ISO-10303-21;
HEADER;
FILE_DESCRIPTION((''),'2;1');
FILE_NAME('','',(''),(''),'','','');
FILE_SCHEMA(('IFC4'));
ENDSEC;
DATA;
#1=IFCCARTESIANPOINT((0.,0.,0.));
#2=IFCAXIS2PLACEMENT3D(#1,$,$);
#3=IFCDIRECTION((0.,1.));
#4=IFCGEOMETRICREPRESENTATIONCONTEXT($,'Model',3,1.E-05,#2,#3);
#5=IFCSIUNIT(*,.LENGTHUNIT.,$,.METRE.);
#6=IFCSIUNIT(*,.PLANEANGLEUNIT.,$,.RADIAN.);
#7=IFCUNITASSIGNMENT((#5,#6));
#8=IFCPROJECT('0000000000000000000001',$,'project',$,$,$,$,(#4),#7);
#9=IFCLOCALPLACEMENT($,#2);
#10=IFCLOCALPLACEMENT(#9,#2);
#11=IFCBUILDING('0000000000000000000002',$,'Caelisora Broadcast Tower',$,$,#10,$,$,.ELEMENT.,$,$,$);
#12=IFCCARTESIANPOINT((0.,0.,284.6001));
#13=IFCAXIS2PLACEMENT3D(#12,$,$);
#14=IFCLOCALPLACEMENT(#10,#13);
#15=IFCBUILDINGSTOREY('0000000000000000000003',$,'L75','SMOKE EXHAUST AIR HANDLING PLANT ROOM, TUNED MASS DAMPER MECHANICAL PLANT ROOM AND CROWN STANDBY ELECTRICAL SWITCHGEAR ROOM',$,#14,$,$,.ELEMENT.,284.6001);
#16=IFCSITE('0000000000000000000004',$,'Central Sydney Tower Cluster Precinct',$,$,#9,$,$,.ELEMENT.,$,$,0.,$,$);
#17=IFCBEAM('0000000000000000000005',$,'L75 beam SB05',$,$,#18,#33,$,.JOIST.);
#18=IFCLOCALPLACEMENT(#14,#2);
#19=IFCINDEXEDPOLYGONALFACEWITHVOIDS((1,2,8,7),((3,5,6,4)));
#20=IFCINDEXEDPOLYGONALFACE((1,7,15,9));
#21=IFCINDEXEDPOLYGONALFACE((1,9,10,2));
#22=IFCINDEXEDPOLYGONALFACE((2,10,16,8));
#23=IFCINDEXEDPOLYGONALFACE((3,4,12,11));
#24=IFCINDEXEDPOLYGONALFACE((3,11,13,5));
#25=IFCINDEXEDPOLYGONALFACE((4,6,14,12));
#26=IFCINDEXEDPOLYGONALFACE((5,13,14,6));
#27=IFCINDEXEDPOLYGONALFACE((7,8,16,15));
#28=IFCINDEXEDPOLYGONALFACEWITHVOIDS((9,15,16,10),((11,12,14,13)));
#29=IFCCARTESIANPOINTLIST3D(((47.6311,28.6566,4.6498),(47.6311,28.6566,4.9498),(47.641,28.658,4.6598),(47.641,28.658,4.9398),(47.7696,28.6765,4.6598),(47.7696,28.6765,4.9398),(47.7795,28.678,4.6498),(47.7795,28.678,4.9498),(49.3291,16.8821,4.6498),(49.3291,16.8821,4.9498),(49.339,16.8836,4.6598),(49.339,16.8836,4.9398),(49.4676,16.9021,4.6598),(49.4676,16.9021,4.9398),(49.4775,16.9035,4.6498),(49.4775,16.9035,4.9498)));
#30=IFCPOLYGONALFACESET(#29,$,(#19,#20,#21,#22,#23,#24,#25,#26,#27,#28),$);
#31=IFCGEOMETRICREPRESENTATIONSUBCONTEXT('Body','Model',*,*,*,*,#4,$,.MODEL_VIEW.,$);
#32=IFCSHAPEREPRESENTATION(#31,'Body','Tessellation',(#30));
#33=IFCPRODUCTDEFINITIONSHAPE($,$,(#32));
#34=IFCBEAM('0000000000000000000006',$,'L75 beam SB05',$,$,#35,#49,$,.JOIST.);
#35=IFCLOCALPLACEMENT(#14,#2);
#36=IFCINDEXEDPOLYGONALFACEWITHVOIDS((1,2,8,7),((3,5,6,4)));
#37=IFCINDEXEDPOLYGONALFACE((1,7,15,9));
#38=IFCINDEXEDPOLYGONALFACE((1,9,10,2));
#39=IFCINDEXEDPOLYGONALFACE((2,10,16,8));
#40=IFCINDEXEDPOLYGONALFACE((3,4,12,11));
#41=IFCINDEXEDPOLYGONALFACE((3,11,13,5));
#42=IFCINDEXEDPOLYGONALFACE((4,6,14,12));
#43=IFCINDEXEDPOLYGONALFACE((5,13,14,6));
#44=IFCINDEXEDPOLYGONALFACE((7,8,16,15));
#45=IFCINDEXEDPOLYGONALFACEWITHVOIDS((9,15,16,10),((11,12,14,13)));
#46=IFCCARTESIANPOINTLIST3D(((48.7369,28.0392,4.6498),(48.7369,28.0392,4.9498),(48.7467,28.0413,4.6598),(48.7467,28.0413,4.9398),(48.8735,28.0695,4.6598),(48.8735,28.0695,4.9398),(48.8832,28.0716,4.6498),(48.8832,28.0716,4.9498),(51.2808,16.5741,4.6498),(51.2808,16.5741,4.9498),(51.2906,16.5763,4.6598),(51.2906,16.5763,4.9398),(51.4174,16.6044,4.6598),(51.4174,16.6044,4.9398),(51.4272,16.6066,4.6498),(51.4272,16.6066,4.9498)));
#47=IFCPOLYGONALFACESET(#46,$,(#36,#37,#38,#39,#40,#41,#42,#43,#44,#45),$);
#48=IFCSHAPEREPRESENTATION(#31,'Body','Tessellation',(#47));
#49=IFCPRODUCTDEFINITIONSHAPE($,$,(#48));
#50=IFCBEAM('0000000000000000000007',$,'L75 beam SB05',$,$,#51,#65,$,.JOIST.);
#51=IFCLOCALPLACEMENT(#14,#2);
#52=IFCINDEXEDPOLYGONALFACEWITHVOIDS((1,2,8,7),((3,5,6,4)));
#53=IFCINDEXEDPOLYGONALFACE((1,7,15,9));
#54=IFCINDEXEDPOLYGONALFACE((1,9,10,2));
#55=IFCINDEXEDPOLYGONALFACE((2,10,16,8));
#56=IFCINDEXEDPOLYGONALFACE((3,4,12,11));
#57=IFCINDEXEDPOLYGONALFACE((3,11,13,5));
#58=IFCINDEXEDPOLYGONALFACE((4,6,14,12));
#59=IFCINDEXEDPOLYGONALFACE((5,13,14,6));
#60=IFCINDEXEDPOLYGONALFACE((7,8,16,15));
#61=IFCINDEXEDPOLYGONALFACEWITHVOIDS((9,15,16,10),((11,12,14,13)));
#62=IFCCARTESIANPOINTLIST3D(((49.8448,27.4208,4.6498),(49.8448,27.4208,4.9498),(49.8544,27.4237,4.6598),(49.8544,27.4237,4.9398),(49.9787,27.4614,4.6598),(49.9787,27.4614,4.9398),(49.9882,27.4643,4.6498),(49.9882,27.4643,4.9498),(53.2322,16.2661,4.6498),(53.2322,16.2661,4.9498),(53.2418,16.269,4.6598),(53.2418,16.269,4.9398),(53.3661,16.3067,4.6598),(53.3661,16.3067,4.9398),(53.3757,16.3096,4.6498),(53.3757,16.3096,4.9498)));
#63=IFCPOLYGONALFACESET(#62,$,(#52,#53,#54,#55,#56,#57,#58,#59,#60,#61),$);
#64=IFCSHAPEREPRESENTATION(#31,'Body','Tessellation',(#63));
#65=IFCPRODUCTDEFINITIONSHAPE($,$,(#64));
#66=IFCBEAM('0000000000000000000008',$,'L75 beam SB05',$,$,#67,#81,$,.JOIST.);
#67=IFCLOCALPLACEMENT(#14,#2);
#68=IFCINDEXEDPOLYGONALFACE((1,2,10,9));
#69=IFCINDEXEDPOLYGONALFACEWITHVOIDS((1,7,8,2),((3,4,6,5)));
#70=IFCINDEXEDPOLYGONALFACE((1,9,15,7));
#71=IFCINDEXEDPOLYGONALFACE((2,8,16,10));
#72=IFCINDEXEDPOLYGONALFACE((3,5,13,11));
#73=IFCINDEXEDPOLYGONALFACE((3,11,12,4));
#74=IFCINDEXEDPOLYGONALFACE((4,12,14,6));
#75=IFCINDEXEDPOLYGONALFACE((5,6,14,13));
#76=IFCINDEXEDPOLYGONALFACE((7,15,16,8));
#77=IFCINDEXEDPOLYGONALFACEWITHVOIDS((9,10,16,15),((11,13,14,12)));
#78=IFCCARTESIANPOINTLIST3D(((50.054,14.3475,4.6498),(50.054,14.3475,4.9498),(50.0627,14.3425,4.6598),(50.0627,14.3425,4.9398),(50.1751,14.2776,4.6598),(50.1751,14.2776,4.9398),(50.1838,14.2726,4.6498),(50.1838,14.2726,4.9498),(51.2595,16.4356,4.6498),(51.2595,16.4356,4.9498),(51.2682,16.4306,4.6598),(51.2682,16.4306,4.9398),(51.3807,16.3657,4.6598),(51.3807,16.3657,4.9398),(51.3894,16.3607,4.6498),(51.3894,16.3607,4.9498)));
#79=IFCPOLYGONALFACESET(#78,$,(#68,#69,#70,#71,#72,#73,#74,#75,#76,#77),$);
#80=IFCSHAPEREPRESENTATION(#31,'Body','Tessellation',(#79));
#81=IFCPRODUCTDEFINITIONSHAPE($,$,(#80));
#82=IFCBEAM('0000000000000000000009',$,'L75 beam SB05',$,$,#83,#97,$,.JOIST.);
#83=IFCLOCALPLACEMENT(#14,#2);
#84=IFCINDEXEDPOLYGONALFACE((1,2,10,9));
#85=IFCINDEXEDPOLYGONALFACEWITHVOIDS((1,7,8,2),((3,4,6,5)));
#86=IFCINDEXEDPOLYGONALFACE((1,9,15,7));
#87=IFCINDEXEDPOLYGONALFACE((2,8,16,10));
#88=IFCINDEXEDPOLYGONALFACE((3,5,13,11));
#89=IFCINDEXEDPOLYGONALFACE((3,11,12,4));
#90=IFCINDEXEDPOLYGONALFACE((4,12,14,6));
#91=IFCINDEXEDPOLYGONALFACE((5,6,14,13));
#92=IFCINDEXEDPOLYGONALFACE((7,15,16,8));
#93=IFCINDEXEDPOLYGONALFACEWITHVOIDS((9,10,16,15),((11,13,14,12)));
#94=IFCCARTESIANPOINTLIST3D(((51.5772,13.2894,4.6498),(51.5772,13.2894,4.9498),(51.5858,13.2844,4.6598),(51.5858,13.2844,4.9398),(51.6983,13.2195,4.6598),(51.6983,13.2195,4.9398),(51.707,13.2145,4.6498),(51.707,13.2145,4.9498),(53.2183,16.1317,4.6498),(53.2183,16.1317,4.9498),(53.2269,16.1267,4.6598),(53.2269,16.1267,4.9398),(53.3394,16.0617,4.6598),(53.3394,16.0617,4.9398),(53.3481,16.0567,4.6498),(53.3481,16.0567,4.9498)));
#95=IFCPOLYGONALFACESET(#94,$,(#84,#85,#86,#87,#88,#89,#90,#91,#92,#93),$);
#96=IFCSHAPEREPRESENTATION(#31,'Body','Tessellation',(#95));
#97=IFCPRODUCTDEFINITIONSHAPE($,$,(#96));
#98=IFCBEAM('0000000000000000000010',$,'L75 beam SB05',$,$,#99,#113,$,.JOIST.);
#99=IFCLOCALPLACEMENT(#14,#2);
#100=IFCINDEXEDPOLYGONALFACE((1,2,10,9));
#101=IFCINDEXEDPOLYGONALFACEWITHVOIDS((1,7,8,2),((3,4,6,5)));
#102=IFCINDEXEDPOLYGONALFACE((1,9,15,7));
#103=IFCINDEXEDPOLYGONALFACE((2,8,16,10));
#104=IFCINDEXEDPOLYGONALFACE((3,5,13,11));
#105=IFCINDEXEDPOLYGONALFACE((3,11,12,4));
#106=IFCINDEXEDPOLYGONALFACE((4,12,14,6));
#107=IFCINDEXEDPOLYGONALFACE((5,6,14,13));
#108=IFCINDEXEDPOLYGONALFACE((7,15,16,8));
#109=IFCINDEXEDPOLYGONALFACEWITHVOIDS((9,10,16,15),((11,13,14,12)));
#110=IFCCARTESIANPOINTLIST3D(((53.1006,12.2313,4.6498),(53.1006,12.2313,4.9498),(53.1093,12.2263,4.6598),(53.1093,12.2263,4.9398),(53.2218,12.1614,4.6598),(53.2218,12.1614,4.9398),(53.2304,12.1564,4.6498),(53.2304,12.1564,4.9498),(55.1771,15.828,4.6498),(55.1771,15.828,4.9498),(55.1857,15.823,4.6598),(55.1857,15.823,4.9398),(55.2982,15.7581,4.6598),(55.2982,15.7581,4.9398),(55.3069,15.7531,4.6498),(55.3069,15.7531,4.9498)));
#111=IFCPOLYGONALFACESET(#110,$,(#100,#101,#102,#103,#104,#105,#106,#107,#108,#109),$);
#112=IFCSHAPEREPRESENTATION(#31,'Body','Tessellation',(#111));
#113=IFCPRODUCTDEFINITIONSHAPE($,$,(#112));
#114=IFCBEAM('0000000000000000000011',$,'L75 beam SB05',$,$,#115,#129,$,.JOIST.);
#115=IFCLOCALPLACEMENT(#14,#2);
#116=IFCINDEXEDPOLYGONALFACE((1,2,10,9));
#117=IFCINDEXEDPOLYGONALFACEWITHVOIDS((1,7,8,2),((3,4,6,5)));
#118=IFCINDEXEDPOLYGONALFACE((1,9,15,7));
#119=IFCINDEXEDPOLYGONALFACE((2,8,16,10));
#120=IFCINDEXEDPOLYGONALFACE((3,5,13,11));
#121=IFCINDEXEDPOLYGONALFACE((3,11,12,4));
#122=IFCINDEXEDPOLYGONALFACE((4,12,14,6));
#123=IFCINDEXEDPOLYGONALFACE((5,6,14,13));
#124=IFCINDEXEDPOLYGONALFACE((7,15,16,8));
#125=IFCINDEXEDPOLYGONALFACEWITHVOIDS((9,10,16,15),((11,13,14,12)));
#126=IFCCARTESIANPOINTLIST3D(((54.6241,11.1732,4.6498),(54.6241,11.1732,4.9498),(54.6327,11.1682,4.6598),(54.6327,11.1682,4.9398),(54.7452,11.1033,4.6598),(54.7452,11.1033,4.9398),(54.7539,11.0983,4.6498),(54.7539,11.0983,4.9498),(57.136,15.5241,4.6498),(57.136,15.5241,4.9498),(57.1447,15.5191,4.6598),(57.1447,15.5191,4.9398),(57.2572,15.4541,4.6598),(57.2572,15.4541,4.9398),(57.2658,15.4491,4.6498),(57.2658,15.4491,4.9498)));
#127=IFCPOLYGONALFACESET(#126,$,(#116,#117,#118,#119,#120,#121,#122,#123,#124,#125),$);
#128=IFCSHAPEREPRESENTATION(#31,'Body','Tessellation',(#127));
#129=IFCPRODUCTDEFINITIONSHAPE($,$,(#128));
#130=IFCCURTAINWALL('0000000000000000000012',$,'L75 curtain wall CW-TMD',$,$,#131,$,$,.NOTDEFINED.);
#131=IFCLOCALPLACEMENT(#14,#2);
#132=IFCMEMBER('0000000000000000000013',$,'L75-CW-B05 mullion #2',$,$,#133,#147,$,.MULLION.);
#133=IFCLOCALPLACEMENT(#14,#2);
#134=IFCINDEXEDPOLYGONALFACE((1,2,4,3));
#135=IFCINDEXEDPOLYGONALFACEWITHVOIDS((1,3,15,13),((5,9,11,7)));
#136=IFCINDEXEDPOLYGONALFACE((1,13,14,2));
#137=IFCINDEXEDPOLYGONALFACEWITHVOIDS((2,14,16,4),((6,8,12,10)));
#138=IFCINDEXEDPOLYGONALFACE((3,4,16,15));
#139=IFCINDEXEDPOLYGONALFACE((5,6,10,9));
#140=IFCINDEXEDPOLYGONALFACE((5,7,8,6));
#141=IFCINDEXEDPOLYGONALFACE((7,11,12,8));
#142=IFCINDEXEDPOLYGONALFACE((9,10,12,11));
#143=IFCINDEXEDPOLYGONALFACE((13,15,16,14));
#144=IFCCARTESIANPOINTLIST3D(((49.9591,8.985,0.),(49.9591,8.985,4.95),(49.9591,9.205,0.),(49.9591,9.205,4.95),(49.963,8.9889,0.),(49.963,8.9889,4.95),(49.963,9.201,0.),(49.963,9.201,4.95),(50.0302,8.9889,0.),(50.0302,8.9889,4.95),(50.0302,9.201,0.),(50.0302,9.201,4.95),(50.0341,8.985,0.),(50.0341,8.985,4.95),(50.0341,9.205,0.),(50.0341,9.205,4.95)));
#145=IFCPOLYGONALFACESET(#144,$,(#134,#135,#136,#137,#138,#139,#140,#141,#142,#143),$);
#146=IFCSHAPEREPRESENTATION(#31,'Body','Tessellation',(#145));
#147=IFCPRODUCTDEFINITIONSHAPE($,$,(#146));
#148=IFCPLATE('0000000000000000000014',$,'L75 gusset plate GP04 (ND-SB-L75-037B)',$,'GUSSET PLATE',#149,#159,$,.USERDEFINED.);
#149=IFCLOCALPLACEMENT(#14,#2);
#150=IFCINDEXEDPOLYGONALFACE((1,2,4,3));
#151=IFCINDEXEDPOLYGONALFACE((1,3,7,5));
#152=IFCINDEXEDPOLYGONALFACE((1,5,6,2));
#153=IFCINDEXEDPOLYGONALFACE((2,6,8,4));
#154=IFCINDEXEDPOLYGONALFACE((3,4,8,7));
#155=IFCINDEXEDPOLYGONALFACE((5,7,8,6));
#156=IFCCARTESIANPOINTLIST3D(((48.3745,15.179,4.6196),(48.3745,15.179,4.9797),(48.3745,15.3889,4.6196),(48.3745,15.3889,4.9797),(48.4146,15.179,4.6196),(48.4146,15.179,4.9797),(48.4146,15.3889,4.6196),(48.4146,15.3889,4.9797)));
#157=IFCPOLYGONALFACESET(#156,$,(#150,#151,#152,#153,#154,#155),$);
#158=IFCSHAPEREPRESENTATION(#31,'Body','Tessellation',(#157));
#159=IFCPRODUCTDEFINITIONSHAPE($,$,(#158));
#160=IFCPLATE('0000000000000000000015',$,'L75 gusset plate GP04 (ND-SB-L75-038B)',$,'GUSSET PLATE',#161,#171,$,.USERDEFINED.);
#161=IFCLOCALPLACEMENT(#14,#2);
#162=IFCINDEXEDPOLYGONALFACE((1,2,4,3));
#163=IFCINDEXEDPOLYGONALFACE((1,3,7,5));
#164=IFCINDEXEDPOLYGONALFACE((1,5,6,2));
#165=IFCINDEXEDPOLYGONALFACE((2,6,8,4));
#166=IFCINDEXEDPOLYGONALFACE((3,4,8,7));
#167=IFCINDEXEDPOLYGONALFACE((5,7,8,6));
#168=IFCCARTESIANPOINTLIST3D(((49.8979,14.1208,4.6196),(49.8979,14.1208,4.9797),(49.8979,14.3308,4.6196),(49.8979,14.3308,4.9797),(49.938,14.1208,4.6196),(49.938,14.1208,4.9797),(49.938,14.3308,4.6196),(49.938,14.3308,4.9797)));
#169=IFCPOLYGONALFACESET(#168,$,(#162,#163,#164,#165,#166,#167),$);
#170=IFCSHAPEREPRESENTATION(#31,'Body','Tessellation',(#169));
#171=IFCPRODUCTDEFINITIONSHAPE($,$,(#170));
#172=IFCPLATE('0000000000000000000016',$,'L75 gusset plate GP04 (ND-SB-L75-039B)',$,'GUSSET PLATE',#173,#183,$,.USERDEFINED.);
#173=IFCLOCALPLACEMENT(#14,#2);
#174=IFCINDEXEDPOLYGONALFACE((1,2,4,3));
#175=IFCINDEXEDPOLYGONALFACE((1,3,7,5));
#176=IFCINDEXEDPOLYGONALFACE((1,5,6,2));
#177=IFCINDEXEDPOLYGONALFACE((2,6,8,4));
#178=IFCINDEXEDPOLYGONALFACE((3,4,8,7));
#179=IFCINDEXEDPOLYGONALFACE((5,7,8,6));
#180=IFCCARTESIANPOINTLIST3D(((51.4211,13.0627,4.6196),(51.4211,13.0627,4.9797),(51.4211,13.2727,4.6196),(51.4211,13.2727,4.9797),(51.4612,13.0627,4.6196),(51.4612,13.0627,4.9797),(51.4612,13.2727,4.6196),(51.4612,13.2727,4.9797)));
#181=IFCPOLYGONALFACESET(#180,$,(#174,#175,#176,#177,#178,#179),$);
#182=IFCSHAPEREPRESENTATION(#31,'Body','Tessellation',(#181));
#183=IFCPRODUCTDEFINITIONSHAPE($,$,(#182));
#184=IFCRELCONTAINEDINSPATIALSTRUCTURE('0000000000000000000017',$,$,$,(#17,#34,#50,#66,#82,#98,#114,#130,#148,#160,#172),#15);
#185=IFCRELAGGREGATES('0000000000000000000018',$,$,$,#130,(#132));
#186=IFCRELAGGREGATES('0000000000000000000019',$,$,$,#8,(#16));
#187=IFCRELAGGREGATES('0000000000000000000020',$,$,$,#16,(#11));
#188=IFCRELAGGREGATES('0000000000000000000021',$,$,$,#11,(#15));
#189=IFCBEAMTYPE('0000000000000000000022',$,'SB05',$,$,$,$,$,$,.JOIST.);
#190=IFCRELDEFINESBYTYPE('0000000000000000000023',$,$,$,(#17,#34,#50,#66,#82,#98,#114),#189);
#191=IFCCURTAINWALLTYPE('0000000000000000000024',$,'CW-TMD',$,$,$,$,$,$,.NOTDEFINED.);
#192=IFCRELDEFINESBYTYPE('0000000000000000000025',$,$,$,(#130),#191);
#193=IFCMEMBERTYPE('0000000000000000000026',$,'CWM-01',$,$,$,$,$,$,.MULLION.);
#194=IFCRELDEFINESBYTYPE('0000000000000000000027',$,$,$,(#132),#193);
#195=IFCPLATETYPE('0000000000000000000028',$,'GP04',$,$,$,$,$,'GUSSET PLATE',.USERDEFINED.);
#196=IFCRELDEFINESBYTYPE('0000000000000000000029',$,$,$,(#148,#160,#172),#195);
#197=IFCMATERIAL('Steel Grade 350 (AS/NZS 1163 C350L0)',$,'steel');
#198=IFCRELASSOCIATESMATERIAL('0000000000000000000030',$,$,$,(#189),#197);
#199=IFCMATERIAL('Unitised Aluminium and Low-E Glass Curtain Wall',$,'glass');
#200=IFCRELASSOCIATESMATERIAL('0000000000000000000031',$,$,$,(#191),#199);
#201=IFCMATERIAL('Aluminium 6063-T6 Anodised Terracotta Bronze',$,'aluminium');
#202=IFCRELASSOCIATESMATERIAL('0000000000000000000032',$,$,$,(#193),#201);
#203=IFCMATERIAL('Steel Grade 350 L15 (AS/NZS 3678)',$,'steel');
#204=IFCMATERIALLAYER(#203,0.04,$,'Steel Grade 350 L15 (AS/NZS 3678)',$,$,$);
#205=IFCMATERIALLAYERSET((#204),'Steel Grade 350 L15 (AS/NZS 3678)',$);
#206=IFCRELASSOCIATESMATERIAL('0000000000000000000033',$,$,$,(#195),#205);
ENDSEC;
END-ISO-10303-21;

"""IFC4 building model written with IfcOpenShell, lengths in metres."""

from ifc_helpers import new_model, si_unit, direction, frame, origin, origin_2d, place, context, subcontext, project, spatial, rectangle, hollow_rectangle, extrude, source, transform, mapped, material, layer, layer_set, material_profile, profile_set, type_object, type_shapes, element, aggregate, save


model = new_model("IFC4")

# Units and contexts
model_context = context("Model", 3, precision=1e-05, world=origin(), true_north=direction((0.0, 1.0)))
body_context = subcontext(model_context, "Body", "Model", "MODEL_VIEW")
ifc_project = project(units=[si_unit("LENGTHUNIT", "METRE"), si_unit("PLANEANGLEUNIT", "RADIAN")], contexts=[model_context])

# Site, building, storey
site_placement = place(None, origin())
site = spatial("IfcSite", under=ifc_project, at=site_placement, Name="Central Sydney Tower Cluster Precinct", CompositionType="ELEMENT", RefElevation=0.0)
building_placement = place(site_placement, origin())
building = spatial("IfcBuilding", under=site, at=building_placement, Name="Caelisora Broadcast Tower", CompositionType="ELEMENT")
storey_placement = place(building_placement, frame((0.0, 0.0, 284.6001)))
storey = spatial("IfcBuildingStorey", under=building, at=storey_placement, Name="L75", Description="SMOKE EXHAUST AIR HANDLING PLANT ROOM, TUNED MASS DAMPER MECHANICAL PLANT ROOM AND CROWN STANDBY ELECTRICAL SWITCHGEAR ROOM", CompositionType="ELEMENT", Elevation=284.6001)

# Beams
ifc_material_1 = material(Name="Steel Grade 350 (AS/NZS 1163 C350L0)", Category="steel")
ifc_material_profile_1 = material_profile(ifc_material_1, hollow_rectangle(XDim=0.1499, YDim=0.3, WallThickness=0.01, at=origin_2d()), Name="Steel Grade 350 (AS/NZS 1163 C350L0)")
ifc_profile_set_1 = profile_set([ifc_material_profile_1], Name="Steel Grade 350 (AS/NZS 1163 C350L0)")
beam_type = type_object("IfcBeamType", Name="SB05", PredefinedType="JOIST", material=ifc_profile_set_1)
shared_shape_1 = source(origin(), body_context, "Body", "SweptSolid", [
    extrude(hollow_rectangle(XDim=0.1499, YDim=0.3, WallThickness=0.01, at=origin_2d()), origin(), (0.0, 0.0, 1.0), 11.8962),
])
beam_1_placement = place(storey_placement, frame((49.4033, 16.8928, 4.7998), z_axis=(-0.142734, 0.989761, 0.0), x_axis=(-0.989761, -0.142734, 0.0)))
element("IfcBeam", 1, at=beam_1_placement, inside=storey, type_object=beam_type, Name="L75 beam SB05", PredefinedType="JOIST", context=body_context, shape_type="MappedRepresentation", body=[
    mapped(shared_shape_1, transform((0.0, 0.0, 0.0), scale=1.0)),
])
shared_shape_2 = source(origin(), body_context, "Body", "SweptSolid", [
    extrude(hollow_rectangle(XDim=0.1499, YDim=0.3, WallThickness=0.01, at=origin_2d()), origin(), (0.0, 0.0, 1.0), 11.7439),
])
beam_2_placement = place(storey_placement, frame((51.354, 16.5903, 4.7998), z_axis=(-0.216618, 0.976256, 0.0), x_axis=(-0.976256, -0.216618, 0.0)))
element("IfcBeam", 2, at=beam_2_placement, inside=storey, type_object=beam_type, Name="L75 beam SB05", PredefinedType="JOIST", context=body_context, shape_type="MappedRepresentation", body=[
    mapped(shared_shape_2, transform((0.0, 0.0, 0.0), scale=1.0)),
])
shared_shape_3 = source(origin(), body_context, "Body", "SweptSolid", [
    extrude(hollow_rectangle(XDim=0.1499, YDim=0.3, WallThickness=0.01, at=origin_2d()), origin(), (0.0, 0.0, 1.0), 11.6577),
])
beam_3_placement = place(storey_placement, frame((53.304, 16.2878, 4.7998), z_axis=(-0.290574, 0.956853, 0.0), x_axis=(-0.956853, -0.290574, 0.0)))
element("IfcBeam", 3, at=beam_3_placement, inside=storey, type_object=beam_type, Name="L75 beam SB05", PredefinedType="JOIST", context=body_context, shape_type="MappedRepresentation", body=[
    mapped(shared_shape_3, transform((0.0, 0.0, 0.0), scale=1.0)),
])
shared_shape_4 = source(origin(), body_context, "Body", "SweptSolid", [
    extrude(hollow_rectangle(XDim=0.1499, YDim=0.3, WallThickness=0.01, at=origin_2d()), origin(), (0.0, 0.0, 1.0), 2.4111),
])
beam_4_placement = place(storey_placement, frame((50.1189, 14.3101, 4.7998), z_axis=(0.499994, 0.866029, 0.0), x_axis=(-0.866029, 0.499994, 0.0)))
element("IfcBeam", 4, at=beam_4_placement, inside=storey, type_object=beam_type, Name="L75 beam SB05", PredefinedType="JOIST", context=body_context, shape_type="MappedRepresentation", body=[
    mapped(shared_shape_4, transform((0.0, 0.0, 0.0), scale=1.0)),
])
shared_shape_5 = source(origin(), body_context, "Body", "SweptSolid", [
    extrude(hollow_rectangle(XDim=0.1499, YDim=0.3, WallThickness=0.01, at=origin_2d()), origin(), (0.0, 0.0, 1.0), 3.282),
])
beam_5_placement = place(storey_placement, frame((51.6421, 13.252, 4.7998), z_axis=(0.500027, 0.86601, 0.0), x_axis=(-0.86601, 0.500027, 0.0)))
element("IfcBeam", 5, at=beam_5_placement, inside=storey, type_object=beam_type, Name="L75 beam SB05", PredefinedType="JOIST", context=body_context, shape_type="MappedRepresentation", body=[
    mapped(shared_shape_5, transform((0.0, 0.0, 0.0), scale=1.0)),
])
shared_shape_6 = source(origin(), body_context, "Body", "SweptSolid", [
    extrude(hollow_rectangle(XDim=0.1499, YDim=0.3, WallThickness=0.01, at=origin_2d()), origin(), (0.0, 0.0, 1.0), 4.1531),
])
beam_6_placement = place(storey_placement, frame((53.1655, 12.1938, 4.7998), z_axis=(0.499977, 0.866039, 0.0), x_axis=(-0.866039, 0.499977, 0.0)))
element("IfcBeam", 6, at=beam_6_placement, inside=storey, type_object=beam_type, Name="L75 beam SB05", PredefinedType="JOIST", context=body_context, shape_type="MappedRepresentation", body=[
    mapped(shared_shape_6, transform((0.0, 0.0, 0.0), scale=1.0)),
])
shared_shape_7 = source(origin(), body_context, "Body", "SweptSolid", [
    extrude(hollow_rectangle(XDim=0.1499, YDim=0.3, WallThickness=0.01, at=origin_2d()), origin(), (0.0, 0.0, 1.0), 5.0239),
])
type_shapes(beam_type, [shared_shape_1, shared_shape_2, shared_shape_3, shared_shape_4, shared_shape_5, shared_shape_6, shared_shape_7])
beam_7_placement = place(storey_placement, frame((54.689, 11.1357, 4.7998), z_axis=(0.500001, 0.866025, 0.0), x_axis=(-0.866025, 0.500001, 0.0)))
element("IfcBeam", 7, at=beam_7_placement, inside=storey, type_object=beam_type, Name="L75 beam SB05", PredefinedType="JOIST", context=body_context, shape_type="MappedRepresentation", body=[
    mapped(shared_shape_7, transform((0.0, 0.0, 0.0), scale=1.0)),
])

# Curtain wall, member
ifc_material_2 = material(Name="Unitised Aluminium and Low-E Glass Curtain Wall", Category="glass")
curtain_wall_type = type_object("IfcCurtainWallType", Name="CW-TMD", PredefinedType="NOTDEFINED", material=ifc_material_2)
curtain_wall_placement = place(storey_placement, origin())
curtain_wall = element("IfcCurtainWall", 8, at=curtain_wall_placement, inside=storey, type_object=curtain_wall_type, Name="L75 curtain wall CW-TMD", PredefinedType="NOTDEFINED")
ifc_material_3 = material(Name="Aluminium 6063-T6 Anodised Terracotta Bronze", Category="aluminium")
ifc_material_profile_2 = material_profile(ifc_material_3, hollow_rectangle(XDim=0.075, YDim=0.22, WallThickness=0.0039, at=origin_2d()), Name="Aluminium 6063-T6 Anodised Terracotta Bronze")
ifc_profile_set_2 = profile_set([ifc_material_profile_2], Name="Aluminium 6063-T6 Anodised Terracotta Bronze")
member_type = type_object("IfcMemberType", Name="CWM-01", PredefinedType="MULLION", material=ifc_profile_set_2)
shared_shape_8 = source(origin(), body_context, "Body", "SweptSolid", [
    extrude(hollow_rectangle(XDim=0.075, YDim=0.22, WallThickness=0.0039, at=origin_2d()), origin(), (0.0, 0.0, 1.0), 4.95),
])
type_shapes(member_type, [shared_shape_8])
member_placement = place(storey_placement, frame((49.9966, 9.095, 0.0), z_axis=(0.0, 0.0, 1.0), x_axis=(1.0, 0.0, 0.0)))
member = element("IfcMember", 9, at=member_placement, type_object=member_type, Name="L75-CW-B05 mullion #2", PredefinedType="MULLION", context=body_context, shape_type="MappedRepresentation", body=[
    mapped(shared_shape_8, transform((0.0, 0.0, 0.0), scale=1.0)),
])

# Plates
ifc_material_4 = material(Name="Steel Grade 350 L15 (AS/NZS 3678)", Category="steel")
ifc_layer_1 = layer(ifc_material_4, 0.04, Name="Steel Grade 350 L15 (AS/NZS 3678)")
ifc_layer_set_1 = layer_set([ifc_layer_1], Name="Steel Grade 350 L15 (AS/NZS 3678)")
plate_type_1 = type_object("IfcPlateType", Name="GP04", ElementType="GUSSET PLATE", PredefinedType="USERDEFINED", material=ifc_layer_set_1)
shared_shape_9 = source(origin(), body_context, "Body", "SweptSolid", [
    extrude(rectangle(XDim=0.21, YDim=0.04, at=origin_2d()), origin(), (0.0, 0.0, 1.0), 0.3601),
])
type_shapes(plate_type_1, [shared_shape_9])
for number, where, z_axis, x_axis, name in (
    (10, (48.3945, 15.2839, 4.6196), (0.0, 0.0, 1.0), (0.0, 1.0, 0.0), "L75 gusset plate GP04 (ND-SB-L75-037B)"),
    (11, (49.918, 14.2258, 4.6196), (0.0, 0.0, 1.0), (0.0, 1.0, 0.0), "L75 gusset plate GP04 (ND-SB-L75-038B)"),
    (12, (51.4412, 13.1677, 4.6196), (0.0, 0.0, 1.0), (0.0, 1.0, 0.0), "L75 gusset plate GP04 (ND-SB-L75-039B)"),
):
    element("IfcPlate", number, at=place(storey_placement, frame(where, z_axis=z_axis, x_axis=x_axis)), inside=storey, type_object=plate_type_1, Name=name, ObjectType="GUSSET PLATE", PredefinedType="USERDEFINED", context=body_context, shape_type="MappedRepresentation", body=[
        mapped(shared_shape_9, transform((0.0, 0.0, 0.0), scale=1.0)),
    ])

aggregate(curtain_wall, [member])

save(model, "model.ifc")
